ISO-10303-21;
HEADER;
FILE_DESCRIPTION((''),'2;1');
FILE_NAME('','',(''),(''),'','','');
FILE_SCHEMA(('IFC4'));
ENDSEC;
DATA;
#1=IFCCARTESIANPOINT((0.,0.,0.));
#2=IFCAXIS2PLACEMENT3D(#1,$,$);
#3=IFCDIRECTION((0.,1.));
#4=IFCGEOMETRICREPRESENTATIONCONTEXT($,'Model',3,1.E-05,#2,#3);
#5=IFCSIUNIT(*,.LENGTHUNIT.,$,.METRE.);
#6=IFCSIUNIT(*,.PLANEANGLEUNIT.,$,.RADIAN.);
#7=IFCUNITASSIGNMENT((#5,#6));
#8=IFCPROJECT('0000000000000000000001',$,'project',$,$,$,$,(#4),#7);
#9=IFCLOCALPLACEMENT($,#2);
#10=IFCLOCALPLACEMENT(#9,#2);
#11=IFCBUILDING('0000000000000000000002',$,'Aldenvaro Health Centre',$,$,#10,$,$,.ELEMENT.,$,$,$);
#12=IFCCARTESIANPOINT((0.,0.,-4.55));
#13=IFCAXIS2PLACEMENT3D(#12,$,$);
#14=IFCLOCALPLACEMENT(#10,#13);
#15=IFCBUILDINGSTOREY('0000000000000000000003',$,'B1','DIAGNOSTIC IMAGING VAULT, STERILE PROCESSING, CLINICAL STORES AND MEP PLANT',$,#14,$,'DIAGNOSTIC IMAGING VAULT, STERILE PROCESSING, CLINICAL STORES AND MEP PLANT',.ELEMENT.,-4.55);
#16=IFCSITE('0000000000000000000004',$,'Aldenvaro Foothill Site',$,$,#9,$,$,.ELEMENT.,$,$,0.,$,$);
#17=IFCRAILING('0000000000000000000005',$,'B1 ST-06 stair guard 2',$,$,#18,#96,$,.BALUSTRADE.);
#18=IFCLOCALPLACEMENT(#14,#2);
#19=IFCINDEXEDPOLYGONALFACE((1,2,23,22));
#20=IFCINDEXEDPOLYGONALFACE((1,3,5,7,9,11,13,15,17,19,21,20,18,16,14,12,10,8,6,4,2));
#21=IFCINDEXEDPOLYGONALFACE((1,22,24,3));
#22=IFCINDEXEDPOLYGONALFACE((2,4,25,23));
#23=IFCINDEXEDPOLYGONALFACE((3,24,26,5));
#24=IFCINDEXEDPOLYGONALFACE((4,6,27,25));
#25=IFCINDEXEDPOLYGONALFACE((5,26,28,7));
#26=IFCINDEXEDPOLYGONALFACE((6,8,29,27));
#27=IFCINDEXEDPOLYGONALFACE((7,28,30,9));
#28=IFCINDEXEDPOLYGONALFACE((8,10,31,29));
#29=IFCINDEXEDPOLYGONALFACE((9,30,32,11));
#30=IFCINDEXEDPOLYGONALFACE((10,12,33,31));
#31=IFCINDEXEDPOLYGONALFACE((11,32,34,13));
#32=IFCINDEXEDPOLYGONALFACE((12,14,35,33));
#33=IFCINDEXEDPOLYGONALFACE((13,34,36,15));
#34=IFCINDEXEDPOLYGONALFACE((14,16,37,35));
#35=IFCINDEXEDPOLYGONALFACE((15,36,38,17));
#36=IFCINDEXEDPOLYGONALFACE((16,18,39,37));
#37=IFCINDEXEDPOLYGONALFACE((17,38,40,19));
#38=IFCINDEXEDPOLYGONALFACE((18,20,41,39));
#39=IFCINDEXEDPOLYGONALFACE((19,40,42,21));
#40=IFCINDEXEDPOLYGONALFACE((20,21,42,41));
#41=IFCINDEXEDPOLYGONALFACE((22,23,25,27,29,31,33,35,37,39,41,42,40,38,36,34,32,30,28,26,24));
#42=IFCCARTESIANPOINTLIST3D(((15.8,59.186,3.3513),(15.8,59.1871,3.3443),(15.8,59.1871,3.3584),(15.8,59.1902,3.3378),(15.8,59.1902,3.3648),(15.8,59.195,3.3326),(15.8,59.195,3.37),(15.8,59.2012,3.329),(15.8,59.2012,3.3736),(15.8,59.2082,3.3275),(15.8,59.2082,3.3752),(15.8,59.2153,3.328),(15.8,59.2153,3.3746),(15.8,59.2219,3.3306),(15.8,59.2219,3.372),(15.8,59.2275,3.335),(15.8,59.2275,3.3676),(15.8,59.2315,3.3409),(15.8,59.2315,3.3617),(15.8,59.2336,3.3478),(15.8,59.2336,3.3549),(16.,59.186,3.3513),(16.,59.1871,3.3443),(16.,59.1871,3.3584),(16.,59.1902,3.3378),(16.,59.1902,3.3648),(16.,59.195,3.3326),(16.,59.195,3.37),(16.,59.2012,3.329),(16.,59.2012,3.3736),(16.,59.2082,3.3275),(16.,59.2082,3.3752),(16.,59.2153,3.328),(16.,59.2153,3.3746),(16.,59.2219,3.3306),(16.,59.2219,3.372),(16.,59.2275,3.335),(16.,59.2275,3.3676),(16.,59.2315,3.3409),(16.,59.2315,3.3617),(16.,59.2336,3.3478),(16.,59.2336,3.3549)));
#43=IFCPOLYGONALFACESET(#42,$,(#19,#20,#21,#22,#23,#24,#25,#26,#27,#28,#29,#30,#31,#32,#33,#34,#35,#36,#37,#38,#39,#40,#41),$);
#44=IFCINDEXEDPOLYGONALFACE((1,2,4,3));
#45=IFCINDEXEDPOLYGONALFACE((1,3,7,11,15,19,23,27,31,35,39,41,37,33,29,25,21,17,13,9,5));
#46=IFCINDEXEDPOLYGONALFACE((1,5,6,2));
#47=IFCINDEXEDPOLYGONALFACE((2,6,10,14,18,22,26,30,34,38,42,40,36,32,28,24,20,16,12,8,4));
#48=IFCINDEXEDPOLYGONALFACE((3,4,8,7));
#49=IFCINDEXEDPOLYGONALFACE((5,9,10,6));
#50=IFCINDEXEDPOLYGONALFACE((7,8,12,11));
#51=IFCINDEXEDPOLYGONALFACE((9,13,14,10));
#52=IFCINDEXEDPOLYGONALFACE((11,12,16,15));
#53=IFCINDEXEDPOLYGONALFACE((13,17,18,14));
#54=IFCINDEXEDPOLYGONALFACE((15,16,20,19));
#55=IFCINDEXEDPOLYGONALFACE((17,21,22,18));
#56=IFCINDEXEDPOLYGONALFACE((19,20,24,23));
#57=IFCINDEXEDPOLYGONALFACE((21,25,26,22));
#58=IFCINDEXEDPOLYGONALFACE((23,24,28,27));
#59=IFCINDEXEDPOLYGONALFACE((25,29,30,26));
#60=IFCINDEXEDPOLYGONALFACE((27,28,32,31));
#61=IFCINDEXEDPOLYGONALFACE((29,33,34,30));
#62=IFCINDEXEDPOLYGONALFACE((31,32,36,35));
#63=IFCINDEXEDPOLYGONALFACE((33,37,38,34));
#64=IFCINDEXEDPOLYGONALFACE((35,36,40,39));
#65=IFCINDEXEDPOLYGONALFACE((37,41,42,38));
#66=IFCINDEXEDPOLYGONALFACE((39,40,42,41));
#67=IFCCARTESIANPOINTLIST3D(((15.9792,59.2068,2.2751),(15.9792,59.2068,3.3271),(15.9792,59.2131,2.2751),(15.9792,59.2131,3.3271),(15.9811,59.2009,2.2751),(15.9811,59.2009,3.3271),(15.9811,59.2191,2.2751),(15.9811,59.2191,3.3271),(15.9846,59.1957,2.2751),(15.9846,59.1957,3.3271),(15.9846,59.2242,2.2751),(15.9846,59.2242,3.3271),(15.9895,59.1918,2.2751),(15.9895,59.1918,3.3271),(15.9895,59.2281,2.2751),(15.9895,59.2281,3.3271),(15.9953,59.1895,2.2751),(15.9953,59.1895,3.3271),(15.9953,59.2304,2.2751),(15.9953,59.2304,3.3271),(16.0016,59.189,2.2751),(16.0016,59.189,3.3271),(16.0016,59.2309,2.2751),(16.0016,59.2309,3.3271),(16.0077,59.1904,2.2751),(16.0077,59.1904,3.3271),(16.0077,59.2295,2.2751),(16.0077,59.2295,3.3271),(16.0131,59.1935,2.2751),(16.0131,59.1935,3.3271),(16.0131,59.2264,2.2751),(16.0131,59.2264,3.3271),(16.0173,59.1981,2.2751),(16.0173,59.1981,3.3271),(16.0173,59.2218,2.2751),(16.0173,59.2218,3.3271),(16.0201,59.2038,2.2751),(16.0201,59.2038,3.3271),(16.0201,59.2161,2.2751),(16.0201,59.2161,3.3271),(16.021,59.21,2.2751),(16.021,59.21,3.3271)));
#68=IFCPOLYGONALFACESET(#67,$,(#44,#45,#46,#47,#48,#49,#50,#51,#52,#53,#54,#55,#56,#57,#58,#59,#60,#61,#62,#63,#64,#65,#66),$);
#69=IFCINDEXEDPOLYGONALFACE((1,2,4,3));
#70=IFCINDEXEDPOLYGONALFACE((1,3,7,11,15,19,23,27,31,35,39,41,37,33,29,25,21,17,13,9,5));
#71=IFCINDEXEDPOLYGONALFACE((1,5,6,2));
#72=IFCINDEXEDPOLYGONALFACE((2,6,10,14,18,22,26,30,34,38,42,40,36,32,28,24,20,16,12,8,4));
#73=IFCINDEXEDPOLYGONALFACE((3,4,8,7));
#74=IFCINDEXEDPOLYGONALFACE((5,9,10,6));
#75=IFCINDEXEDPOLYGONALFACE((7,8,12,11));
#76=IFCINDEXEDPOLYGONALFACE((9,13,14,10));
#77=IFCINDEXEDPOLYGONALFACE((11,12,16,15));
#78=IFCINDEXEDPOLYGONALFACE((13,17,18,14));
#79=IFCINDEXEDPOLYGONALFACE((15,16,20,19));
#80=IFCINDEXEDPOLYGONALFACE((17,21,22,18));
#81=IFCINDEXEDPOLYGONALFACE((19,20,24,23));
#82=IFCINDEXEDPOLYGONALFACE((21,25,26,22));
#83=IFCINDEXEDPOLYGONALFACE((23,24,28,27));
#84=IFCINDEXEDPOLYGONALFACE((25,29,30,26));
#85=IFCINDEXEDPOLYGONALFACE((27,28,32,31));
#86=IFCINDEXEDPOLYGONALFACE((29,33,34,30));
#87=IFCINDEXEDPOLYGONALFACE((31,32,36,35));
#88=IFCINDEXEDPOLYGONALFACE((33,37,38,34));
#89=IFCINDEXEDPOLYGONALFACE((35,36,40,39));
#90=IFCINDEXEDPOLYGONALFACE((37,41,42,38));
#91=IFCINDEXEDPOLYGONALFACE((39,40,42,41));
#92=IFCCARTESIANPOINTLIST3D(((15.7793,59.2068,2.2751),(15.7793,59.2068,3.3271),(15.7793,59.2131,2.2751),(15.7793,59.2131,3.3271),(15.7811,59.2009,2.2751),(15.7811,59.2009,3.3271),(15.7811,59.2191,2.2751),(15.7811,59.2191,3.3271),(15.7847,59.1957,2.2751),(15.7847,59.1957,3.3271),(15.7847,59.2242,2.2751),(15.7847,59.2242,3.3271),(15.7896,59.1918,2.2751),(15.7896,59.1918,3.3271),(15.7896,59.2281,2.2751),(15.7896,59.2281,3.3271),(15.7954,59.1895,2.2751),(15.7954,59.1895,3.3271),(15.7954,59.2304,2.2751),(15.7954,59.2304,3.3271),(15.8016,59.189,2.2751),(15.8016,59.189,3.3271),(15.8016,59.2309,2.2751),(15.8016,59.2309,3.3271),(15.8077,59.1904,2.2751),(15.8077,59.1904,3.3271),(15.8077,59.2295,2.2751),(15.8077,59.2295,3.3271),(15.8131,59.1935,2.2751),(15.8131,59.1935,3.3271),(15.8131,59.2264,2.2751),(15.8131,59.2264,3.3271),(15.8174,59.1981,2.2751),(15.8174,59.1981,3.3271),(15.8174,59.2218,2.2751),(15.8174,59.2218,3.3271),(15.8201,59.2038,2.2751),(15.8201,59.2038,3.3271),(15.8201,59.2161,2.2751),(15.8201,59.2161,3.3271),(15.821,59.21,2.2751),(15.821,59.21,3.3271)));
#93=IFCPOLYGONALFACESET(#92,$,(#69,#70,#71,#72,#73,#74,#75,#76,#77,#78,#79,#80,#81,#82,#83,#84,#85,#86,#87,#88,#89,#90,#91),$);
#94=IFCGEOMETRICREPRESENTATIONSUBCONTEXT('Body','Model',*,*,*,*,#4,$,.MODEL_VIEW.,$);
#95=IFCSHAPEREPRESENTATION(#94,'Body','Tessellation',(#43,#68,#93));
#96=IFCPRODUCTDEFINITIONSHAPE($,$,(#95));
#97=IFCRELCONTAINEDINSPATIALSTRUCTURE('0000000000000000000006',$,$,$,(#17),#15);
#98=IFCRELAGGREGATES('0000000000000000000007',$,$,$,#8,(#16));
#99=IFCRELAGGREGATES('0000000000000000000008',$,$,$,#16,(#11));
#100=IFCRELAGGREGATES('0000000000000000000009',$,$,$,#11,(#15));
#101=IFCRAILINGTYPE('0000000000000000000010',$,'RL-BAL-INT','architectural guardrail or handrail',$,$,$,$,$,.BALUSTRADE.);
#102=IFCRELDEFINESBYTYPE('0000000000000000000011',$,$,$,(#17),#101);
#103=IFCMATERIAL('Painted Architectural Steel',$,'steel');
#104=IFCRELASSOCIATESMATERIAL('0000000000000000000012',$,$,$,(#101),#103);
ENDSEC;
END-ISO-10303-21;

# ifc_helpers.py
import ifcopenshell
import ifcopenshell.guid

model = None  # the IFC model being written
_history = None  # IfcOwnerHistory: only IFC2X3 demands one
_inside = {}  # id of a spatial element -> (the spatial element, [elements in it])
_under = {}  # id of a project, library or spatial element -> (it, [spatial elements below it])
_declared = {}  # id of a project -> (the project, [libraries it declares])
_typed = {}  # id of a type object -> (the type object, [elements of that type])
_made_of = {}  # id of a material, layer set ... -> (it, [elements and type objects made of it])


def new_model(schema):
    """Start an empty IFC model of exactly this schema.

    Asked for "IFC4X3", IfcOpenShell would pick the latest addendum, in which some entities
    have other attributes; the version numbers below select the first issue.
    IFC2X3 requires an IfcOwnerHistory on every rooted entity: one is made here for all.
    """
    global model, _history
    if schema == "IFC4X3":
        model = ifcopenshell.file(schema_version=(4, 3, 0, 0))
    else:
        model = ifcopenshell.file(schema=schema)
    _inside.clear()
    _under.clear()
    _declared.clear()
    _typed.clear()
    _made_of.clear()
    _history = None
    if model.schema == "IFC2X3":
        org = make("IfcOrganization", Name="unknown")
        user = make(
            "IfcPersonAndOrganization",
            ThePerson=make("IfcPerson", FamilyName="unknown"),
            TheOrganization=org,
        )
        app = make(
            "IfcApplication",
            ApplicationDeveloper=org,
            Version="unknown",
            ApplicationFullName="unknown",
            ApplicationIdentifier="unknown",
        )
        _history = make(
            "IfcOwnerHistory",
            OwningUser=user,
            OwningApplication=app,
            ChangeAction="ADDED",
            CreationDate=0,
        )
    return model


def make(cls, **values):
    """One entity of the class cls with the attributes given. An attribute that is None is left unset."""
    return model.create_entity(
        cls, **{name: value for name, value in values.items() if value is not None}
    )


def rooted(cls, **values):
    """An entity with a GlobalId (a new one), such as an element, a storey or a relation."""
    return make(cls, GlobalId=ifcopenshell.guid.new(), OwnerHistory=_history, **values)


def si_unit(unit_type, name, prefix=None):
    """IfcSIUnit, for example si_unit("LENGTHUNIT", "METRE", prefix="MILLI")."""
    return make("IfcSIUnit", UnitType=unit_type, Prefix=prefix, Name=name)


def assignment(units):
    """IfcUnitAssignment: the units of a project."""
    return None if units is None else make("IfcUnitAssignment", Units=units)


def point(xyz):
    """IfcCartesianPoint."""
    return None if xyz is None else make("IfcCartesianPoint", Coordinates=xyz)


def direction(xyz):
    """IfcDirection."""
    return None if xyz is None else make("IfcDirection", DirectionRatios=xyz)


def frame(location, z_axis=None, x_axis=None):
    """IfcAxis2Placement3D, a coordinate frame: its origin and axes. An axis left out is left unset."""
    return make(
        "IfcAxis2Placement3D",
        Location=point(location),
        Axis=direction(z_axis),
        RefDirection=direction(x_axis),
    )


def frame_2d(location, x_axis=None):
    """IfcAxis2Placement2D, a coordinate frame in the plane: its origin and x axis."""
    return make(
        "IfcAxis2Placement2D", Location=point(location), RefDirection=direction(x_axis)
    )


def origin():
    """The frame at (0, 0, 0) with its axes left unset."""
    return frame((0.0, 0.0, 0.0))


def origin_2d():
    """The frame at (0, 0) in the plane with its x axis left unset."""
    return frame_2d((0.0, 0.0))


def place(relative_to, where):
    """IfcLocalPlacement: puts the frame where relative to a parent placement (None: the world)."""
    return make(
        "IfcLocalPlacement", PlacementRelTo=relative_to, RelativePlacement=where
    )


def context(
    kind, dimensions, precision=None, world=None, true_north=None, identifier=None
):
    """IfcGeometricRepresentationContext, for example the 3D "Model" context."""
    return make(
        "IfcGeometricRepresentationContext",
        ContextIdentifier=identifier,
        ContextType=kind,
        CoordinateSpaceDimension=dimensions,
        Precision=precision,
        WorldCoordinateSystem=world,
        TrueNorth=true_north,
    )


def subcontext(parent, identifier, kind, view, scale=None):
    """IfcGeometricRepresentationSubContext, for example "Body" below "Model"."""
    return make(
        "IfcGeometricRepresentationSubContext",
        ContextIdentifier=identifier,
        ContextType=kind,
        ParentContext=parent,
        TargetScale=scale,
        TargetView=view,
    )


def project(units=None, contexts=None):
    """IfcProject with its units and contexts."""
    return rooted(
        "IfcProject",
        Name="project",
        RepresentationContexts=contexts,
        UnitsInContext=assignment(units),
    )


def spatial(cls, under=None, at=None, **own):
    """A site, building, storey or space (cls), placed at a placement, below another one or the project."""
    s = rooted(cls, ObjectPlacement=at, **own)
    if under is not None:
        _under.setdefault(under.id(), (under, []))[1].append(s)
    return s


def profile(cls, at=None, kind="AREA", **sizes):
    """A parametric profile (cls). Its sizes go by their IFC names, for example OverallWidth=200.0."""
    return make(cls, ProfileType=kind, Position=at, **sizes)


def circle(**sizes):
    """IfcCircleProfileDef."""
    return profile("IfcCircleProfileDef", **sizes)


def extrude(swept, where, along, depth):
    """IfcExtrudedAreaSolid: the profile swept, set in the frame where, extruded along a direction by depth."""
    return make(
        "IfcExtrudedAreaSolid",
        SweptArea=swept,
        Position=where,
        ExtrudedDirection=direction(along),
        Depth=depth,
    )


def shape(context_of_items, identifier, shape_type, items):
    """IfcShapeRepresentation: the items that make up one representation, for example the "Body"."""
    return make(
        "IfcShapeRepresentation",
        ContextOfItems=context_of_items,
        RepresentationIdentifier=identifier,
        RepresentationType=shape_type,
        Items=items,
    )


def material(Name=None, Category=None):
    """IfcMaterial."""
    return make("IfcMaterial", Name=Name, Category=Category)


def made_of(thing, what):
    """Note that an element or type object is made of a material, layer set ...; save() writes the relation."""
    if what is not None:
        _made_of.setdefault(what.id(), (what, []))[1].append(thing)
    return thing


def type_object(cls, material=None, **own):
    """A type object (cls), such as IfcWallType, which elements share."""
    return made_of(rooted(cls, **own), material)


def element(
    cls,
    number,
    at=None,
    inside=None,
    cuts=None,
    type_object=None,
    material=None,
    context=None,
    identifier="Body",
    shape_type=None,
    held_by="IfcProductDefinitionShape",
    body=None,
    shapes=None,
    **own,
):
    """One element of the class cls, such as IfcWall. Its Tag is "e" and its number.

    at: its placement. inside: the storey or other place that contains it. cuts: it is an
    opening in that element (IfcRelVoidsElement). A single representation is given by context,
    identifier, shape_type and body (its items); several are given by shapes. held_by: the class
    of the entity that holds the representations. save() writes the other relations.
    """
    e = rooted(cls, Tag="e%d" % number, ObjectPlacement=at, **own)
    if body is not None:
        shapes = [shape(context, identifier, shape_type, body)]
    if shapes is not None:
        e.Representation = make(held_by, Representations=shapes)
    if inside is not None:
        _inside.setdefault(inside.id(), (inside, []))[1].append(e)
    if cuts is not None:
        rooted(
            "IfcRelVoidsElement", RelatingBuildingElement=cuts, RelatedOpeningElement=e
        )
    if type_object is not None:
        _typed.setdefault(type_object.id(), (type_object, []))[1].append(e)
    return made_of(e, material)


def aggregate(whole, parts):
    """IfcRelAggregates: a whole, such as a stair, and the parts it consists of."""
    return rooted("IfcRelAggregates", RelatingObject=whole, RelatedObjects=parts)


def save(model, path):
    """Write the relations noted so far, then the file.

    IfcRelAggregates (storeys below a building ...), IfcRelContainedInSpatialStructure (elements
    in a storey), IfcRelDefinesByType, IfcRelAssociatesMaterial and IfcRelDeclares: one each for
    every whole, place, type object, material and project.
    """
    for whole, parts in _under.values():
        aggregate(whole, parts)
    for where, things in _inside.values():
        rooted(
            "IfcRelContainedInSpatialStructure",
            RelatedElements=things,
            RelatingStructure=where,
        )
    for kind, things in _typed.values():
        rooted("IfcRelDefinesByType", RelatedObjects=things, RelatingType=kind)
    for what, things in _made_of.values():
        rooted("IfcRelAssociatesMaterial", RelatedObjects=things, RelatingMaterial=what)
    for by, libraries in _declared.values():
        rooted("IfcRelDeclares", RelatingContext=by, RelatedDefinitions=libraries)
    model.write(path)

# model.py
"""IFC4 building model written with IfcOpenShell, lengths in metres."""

from ifc_helpers import new_model, si_unit, direction, frame, origin, origin_2d, place, context, subcontext, project, spatial, circle, extrude, material, type_object, element, save


model = new_model("IFC4")

# Units and contexts
model_context = context("Model", 3, precision=1e-05, world=origin(), true_north=direction((0.0, 1.0)))
body_context = subcontext(model_context, "Body", "Model", "MODEL_VIEW")
ifc_project = project(units=[si_unit("LENGTHUNIT", "METRE"), si_unit("PLANEANGLEUNIT", "RADIAN")], contexts=[model_context])

# Site, building, storey
site_placement = place(None, origin())
site = spatial("IfcSite", under=ifc_project, at=site_placement, Name="Aldenvaro Foothill Site", CompositionType="ELEMENT", RefElevation=0.0)
building_placement = place(site_placement, origin())
building = spatial("IfcBuilding", under=site, at=building_placement, Name="Aldenvaro Health Centre", CompositionType="ELEMENT")
storey_placement = place(building_placement, frame((0.0, 0.0, -4.55)))
storey = spatial("IfcBuildingStorey", under=building, at=storey_placement, Name="B1", Description="DIAGNOSTIC IMAGING VAULT, STERILE PROCESSING, CLINICAL STORES AND MEP PLANT", LongName="DIAGNOSTIC IMAGING VAULT, STERILE PROCESSING, CLINICAL STORES AND MEP PLANT", CompositionType="ELEMENT", Elevation=-4.55)

# Railing
ifc_material_1 = material(Name="Painted Architectural Steel", Category="steel")
railing_type_1 = type_object("IfcRailingType", Name="RL-BAL-INT", Description="architectural guardrail or handrail", PredefinedType="BALUSTRADE", material=ifc_material_1)
railing_1_placement = place(storey_placement, frame((16.0, 59.21, 2.2751)))
element("IfcRailing", 1, at=railing_1_placement, inside=storey, type_object=railing_type_1, Name="B1 ST-06 stair guard 2", PredefinedType="BALUSTRADE", context=body_context, shape_type="SweptSolid", body=[
    extrude(circle(Radius=0.0239, at=origin_2d()), frame((0.0, 0.0, 1.0762), z_axis=(-1.0, 0.0, 0.0), x_axis=(0.0, -1.0, 0.0)), (0.0, 0.0, 1.0), 0.2),
    extrude(circle(Radius=0.021, at=origin_2d()), origin(), (0.0, 0.0, 1.0), 1.052),
    extrude(circle(Radius=0.021, at=origin_2d()), frame((-0.2, 0.0, 0.0)), (0.0, 0.0, 1.0), 1.052),
])

save(model, "model.ifc")
